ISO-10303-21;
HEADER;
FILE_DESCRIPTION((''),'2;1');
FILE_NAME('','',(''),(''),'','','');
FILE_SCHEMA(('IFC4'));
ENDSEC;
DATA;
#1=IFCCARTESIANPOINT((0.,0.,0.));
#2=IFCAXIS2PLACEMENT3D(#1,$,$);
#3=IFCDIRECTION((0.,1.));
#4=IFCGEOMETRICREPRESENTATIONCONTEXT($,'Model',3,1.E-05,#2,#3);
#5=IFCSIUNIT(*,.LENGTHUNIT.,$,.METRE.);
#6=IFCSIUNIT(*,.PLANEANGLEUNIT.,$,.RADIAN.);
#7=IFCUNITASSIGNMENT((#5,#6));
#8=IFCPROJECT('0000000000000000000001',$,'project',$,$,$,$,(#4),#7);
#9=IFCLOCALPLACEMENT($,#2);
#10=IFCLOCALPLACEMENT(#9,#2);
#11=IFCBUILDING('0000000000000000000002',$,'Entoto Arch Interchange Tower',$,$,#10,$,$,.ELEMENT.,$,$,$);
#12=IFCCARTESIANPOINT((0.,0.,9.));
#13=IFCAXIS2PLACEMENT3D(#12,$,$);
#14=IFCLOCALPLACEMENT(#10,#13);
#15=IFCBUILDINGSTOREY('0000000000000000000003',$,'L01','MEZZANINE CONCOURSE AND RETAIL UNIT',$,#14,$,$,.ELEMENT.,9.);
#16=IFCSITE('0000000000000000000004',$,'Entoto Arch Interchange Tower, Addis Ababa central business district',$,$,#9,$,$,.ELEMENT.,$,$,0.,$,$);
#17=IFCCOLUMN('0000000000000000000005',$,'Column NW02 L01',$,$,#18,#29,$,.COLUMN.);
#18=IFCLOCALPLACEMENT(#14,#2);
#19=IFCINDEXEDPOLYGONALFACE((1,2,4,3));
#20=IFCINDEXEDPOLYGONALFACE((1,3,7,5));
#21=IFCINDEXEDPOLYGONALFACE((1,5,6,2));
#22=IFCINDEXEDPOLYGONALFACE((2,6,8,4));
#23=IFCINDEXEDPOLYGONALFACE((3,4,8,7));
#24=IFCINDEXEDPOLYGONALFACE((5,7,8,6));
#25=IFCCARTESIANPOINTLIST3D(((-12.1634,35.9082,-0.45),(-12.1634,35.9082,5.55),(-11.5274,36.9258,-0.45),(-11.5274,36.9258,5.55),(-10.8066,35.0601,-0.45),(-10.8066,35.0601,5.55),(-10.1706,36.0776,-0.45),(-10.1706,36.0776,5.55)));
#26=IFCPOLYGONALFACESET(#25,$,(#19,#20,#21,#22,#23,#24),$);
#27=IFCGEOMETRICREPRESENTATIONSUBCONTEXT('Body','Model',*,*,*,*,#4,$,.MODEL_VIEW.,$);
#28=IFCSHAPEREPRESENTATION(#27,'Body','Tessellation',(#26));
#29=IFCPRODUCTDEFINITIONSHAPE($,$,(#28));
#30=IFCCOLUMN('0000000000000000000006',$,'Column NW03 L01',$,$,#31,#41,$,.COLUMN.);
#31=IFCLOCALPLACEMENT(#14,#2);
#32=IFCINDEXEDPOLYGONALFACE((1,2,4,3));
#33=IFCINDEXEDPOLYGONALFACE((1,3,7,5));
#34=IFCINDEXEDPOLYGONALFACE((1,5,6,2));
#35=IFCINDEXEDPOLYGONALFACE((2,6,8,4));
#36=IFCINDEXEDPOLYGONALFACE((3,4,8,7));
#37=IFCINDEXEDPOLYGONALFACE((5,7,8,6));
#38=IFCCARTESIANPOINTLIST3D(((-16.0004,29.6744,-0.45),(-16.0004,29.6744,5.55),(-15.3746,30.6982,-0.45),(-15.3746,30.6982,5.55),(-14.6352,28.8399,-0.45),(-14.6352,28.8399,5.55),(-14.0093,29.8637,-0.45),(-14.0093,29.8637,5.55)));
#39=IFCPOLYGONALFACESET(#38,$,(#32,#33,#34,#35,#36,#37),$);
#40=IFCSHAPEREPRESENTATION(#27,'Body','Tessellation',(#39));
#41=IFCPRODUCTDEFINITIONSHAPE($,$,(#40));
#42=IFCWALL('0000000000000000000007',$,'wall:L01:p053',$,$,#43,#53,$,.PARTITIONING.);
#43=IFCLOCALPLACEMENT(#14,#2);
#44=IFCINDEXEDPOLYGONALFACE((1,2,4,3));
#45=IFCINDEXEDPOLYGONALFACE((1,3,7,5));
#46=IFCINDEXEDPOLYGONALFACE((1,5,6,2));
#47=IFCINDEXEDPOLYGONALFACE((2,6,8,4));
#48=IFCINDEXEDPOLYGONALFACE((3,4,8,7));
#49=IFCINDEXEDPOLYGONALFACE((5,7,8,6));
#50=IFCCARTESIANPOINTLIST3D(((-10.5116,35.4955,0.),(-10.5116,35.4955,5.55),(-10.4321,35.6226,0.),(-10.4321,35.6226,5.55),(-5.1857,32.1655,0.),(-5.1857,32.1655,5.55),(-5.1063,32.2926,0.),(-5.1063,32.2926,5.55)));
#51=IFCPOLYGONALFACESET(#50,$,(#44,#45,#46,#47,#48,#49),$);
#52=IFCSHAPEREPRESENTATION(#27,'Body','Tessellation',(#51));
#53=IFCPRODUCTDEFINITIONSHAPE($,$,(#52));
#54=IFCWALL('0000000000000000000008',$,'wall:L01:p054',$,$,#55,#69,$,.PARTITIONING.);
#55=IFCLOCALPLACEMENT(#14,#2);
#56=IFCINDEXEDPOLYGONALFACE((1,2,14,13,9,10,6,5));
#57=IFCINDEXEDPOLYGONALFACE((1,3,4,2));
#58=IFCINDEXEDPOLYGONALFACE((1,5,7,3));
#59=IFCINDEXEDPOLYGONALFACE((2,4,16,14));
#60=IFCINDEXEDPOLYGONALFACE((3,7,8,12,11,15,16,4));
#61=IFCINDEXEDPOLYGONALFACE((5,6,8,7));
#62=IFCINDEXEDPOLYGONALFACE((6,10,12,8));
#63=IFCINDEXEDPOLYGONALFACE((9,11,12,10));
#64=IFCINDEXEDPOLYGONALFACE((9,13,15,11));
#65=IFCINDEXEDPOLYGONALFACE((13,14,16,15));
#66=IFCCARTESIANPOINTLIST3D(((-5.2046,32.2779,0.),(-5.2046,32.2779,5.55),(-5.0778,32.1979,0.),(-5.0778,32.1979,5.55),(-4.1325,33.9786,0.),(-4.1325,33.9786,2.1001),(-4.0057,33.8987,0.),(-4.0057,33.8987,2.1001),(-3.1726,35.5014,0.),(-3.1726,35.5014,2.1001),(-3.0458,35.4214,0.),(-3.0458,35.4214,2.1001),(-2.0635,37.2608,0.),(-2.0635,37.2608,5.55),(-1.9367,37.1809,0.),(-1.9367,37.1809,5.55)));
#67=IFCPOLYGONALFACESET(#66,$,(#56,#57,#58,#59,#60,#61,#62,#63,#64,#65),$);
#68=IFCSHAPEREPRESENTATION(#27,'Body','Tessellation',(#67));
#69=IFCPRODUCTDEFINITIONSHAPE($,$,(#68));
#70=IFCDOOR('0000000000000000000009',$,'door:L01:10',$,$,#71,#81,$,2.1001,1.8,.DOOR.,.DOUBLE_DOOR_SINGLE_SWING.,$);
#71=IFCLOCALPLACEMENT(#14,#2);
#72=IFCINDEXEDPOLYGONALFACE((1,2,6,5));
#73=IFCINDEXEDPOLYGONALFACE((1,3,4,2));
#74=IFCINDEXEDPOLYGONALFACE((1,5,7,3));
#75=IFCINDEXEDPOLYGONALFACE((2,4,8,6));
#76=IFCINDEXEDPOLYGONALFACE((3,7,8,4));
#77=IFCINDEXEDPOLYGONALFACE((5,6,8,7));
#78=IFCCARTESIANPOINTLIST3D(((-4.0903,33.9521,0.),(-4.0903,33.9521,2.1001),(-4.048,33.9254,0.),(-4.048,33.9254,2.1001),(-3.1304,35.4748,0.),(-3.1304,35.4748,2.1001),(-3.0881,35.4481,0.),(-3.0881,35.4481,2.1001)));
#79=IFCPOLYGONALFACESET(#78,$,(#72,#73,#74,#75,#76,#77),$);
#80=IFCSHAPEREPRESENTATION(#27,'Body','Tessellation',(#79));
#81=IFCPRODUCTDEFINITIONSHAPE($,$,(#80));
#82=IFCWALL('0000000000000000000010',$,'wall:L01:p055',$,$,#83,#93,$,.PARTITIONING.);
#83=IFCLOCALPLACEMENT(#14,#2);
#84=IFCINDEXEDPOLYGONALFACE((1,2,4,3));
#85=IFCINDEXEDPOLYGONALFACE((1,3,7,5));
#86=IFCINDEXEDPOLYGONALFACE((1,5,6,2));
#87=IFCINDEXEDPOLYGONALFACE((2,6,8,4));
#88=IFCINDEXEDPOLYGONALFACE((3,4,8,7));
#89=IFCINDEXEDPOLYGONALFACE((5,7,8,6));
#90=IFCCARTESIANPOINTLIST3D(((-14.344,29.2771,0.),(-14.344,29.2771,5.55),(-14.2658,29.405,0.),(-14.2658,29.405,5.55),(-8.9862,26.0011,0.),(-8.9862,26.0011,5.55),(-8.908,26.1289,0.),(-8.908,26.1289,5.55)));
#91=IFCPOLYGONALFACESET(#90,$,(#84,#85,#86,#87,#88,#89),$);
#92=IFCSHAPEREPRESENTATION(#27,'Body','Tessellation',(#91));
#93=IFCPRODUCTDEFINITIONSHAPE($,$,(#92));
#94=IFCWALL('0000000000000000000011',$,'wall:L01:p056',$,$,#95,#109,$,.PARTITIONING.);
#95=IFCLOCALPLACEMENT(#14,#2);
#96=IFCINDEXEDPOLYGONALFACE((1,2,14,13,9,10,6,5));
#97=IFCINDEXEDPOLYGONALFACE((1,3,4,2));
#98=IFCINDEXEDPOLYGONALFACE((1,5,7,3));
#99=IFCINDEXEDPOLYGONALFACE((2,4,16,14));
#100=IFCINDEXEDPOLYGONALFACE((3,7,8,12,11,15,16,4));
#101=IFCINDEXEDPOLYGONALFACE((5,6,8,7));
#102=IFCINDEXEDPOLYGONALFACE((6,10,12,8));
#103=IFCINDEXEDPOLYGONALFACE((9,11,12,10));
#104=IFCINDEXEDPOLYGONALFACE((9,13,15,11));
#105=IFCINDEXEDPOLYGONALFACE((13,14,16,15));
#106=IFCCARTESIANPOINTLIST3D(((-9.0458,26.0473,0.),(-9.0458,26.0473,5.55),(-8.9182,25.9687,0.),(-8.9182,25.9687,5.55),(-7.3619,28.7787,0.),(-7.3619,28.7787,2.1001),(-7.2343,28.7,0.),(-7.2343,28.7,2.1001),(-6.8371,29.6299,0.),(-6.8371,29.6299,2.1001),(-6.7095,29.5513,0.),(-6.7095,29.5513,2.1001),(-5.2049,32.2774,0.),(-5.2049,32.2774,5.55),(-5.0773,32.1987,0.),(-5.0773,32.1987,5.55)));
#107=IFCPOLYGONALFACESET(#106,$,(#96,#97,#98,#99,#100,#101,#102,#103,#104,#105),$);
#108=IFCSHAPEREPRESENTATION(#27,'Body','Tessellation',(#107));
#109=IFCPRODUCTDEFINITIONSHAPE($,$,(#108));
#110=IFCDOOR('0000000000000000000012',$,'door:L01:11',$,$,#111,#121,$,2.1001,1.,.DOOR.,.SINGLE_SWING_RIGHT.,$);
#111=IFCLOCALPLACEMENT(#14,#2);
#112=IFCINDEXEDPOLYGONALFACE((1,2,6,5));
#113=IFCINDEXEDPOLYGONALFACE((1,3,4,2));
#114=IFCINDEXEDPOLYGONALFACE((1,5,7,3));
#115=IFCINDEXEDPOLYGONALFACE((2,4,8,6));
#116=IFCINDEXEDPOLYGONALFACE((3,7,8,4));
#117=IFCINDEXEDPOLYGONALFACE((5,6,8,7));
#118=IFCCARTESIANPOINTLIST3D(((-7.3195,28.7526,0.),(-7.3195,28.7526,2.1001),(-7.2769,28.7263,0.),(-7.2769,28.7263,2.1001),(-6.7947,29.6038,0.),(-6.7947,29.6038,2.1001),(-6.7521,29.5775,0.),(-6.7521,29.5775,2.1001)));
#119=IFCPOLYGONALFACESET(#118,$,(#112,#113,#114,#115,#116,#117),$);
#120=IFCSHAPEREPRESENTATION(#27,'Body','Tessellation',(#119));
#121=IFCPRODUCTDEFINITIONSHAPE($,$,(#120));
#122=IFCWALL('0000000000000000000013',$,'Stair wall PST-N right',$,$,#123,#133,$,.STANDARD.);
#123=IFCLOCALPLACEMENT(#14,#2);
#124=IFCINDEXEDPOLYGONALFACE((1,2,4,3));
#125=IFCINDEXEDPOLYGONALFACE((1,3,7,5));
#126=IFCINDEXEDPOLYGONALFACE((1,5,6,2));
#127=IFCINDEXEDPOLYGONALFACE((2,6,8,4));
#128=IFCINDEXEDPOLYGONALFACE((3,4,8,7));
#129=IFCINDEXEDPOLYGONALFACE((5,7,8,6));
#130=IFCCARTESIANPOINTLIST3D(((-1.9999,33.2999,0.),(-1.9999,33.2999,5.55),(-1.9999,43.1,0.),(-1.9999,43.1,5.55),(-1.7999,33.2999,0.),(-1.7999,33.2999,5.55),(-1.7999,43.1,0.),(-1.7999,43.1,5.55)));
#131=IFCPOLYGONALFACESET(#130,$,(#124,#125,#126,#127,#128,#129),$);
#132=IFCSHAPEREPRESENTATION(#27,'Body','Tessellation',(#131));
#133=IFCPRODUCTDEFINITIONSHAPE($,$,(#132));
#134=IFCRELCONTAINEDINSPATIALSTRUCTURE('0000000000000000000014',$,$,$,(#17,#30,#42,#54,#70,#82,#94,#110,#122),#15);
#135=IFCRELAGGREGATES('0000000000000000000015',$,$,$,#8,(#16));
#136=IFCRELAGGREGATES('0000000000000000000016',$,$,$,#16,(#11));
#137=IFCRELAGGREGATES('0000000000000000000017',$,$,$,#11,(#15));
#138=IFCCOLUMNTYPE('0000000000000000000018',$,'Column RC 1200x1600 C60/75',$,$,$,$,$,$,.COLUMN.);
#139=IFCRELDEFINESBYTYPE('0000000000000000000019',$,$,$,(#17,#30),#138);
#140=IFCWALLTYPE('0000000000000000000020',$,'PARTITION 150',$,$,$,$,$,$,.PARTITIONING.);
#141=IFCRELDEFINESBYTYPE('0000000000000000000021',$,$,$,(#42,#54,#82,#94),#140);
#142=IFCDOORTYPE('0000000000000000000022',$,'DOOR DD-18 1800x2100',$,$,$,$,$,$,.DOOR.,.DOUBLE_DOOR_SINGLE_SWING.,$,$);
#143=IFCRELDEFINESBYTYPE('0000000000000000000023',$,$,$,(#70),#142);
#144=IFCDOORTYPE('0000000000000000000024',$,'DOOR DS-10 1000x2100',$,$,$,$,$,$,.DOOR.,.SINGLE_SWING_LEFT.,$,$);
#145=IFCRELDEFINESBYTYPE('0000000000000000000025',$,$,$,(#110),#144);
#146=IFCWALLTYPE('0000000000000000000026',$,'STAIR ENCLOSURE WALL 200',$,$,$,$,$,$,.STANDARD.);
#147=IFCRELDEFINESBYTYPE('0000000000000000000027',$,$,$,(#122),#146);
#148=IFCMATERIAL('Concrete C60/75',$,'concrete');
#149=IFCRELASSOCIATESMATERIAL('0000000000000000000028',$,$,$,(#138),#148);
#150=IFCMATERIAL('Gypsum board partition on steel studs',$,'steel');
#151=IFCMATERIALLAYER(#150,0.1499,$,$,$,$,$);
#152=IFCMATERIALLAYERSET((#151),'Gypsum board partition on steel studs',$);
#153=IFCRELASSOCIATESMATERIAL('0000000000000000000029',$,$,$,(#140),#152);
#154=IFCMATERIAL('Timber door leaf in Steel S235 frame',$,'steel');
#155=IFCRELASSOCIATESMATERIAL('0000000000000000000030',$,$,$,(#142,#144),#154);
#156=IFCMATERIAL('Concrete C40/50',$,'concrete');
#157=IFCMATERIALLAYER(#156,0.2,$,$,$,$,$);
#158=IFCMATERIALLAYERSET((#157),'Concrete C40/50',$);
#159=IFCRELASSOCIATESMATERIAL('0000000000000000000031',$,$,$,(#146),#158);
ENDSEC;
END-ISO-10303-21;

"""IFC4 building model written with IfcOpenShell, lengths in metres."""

from ifc_helpers import new_model, si_unit, direction, frame, frame_2d, origin, origin_2d, place, context, subcontext, project, spatial, rectangle, extrude, material, layer, layer_set, material_profile, profile_set, type_object, element, fill, save


model = new_model("IFC4")

# Units and contexts
model_context = context("Model", 3, precision=1e-05, world=origin(), true_north=direction((0.0, 1.0)))
body_context = subcontext(model_context, "Body", "Model", "MODEL_VIEW")
ifc_project = project(units=[si_unit("LENGTHUNIT", "METRE"), si_unit("PLANEANGLEUNIT", "RADIAN")], contexts=[model_context])

# Site, building, storey
site_placement = place(None, origin())
site = spatial("IfcSite", under=ifc_project, at=site_placement, Name="Entoto Arch Interchange Tower, Addis Ababa central business district", CompositionType="ELEMENT", RefElevation=0.0)
building_placement = place(site_placement, origin())
building = spatial("IfcBuilding", under=site, at=building_placement, Name="Entoto Arch Interchange Tower", CompositionType="ELEMENT")
storey_placement = place(building_placement, frame((0.0, 0.0, 9.0)))
storey = spatial("IfcBuildingStorey", under=building, at=storey_placement, Name="L01", Description="MEZZANINE CONCOURSE AND RETAIL UNIT", CompositionType="ELEMENT", Elevation=9.0)

# Columns
ifc_material_1 = material(Name="Concrete C60/75", Category="concrete")
ifc_material_profile = material_profile(ifc_material_1, rectangle(XDim=1.2, YDim=1.6001, at=origin_2d()))
ifc_profile_set = profile_set([ifc_material_profile], Name="Concrete C60/75")
column_type = type_object("IfcColumnType", Name="Column RC 1200x1600 C60/75", PredefinedType="COLUMN", material=ifc_profile_set)
for number, where, z_axis, x_axis, name in (
    (1, (-11.167, 35.9929, -0.45), (0.0, 0.0, 1.0), (0.530067, 0.847956, 0.0), "Column NW02 L01"),
    (2, (-15.0049, 29.769, -0.45), (0.0, 0.0, 1.0), (0.521546, 0.853223, 0.0), "Column NW03 L01"),
):
    element("IfcColumn", number, at=place(storey_placement, frame(where, z_axis=z_axis, x_axis=x_axis)), inside=storey, type_object=column_type, Name=name, PredefinedType="COLUMN", context=body_context, shape_type="SweptSolid", body=[
        extrude(rectangle(XDim=1.2, YDim=1.6001, at=origin_2d()), origin(), (0.0, 0.0, 1.0), 6.0),
    ])

# Wall
ifc_material_2 = material(Name="Gypsum board partition on steel studs", Category="steel")
ifc_layer_1 = layer(ifc_material_2, 0.1499)
ifc_layer_set_1 = layer_set([ifc_layer_1], Name="Gypsum board partition on steel studs")
wall_type_1 = type_object("IfcWallType", Name="PARTITION 150", PredefinedType="PARTITIONING", material=ifc_layer_set_1)
wall_1_placement = place(storey_placement, frame((-5.146, 32.229, 0.0), z_axis=(0.0, 0.0, 1.0), x_axis=(-0.8479, 0.530156, 0.0)))
element("IfcWall", 3, at=wall_1_placement, inside=storey, type_object=wall_type_1, Name="wall:L01:p053", PredefinedType="PARTITIONING", context=body_context, shape_type="SweptSolid", body=[
    extrude(rectangle(XDim=6.2812, YDim=0.1499, at=frame_2d((3.1406, 0.0))), origin(), (0.0, 0.0, 1.0), 5.55),
])

# Wall, opening, door
wall_2_placement = place(storey_placement, frame((-2.0, 37.2209, 0.0), z_axis=(0.0, 0.0, 1.0), x_axis=(-0.533266, -0.845948, 0.0)))
wall_2 = element("IfcWall", 4, at=wall_2_placement, inside=storey, type_object=wall_type_1, Name="wall:L01:p054", PredefinedType="PARTITIONING", context=body_context, shape_type="SweptSolid", body=[
    extrude(rectangle(XDim=5.8904, YDim=0.1499, at=frame_2d((2.9453, 0.0))), origin(), (0.0, 0.0, 1.0), 5.55),
])
opening_1_placement = place(wall_2_placement, frame((2.0801, 0.0, 0.0)))
opening_1 = element("IfcOpeningElement", 5, at=opening_1_placement, cuts=wall_2, PredefinedType="OPENING", context=body_context, shape_type="SweptSolid", body=[
    extrude(rectangle(XDim=1.8, YDim=2.1001, at=frame_2d((0.8999, 1.05))), frame((0.0, 0.085, 0.0), z_axis=(0.0, -1.0, 0.0), x_axis=(1.0, 0.0, 0.0)), (0.0, 0.0, 1.0), 0.1699),
])
ifc_material_3 = material(Name="Timber door leaf in Steel S235 frame", Category="steel")
door_type_1 = type_object("IfcDoorType", Name="DOOR DD-18 1800x2100", OperationType="DOUBLE_DOOR_SINGLE_SWING", PredefinedType="DOOR", material=ifc_material_3)
door_1_placement = place(opening_1_placement, origin())
door_1 = element("IfcDoor", 6, at=door_1_placement, inside=storey, type_object=door_type_1, Name="door:L01:10", OperationType="DOUBLE_DOOR_SINGLE_SWING", OverallHeight=2.1001, OverallWidth=1.8, PredefinedType="DOOR", context=body_context, shape_type="SweptSolid", body=[
    extrude(rectangle(XDim=1.8, YDim=2.1001, at=frame_2d((0.8999, 1.05))), frame((0.0, 0.0249, 0.0), z_axis=(0.0, -1.0, 0.0), x_axis=(1.0, 0.0, 0.0)), (0.0, 0.0, 1.0), 0.05),
])
fill(opening_1, door_1)

# Wall
wall_3_placement = place(storey_placement, frame((-8.947, 26.0649, 0.0), z_axis=(0.0, 0.0, 1.0), x_axis=(-0.853151, 0.521664, 0.0)))
element("IfcWall", 7, at=wall_3_placement, inside=storey, type_object=wall_type_1, Name="wall:L01:p055", PredefinedType="PARTITIONING", context=body_context, shape_type="SweptSolid", body=[
    extrude(rectangle(XDim=6.28, YDim=0.1499, at=frame_2d((3.1401, 0.0))), origin(), (0.0, 0.0, 1.0), 5.55),
])

# Wall, opening, door
wall_4_placement = place(storey_placement, frame((-5.1411, 32.238, 0.0), z_axis=(0.0, 0.0, 1.0), x_axis=(-0.52479, -0.851232, 0.0)))
wall_4 = element("IfcWall", 8, at=wall_4_placement, inside=storey, type_object=wall_type_1, Name="wall:L01:p056", PredefinedType="PARTITIONING", context=body_context, shape_type="SweptSolid", body=[
    extrude(rectangle(XDim=7.3188, YDim=0.1499, at=frame_2d((3.6594, 0.0))), origin(), (0.0, 0.0, 1.0), 5.55),
])
opening_2_placement = place(wall_4_placement, frame((3.1101, 0.0, 0.0)))
opening_2 = element("IfcOpeningElement", 9, at=opening_2_placement, cuts=wall_4, PredefinedType="OPENING", context=body_context, shape_type="SweptSolid", body=[
    extrude(rectangle(XDim=1.0, YDim=2.1001, at=frame_2d((0.5, 1.05))), frame((0.0, 0.085, 0.0), z_axis=(0.0, -1.0, 0.0), x_axis=(1.0, 0.0, 0.0)), (0.0, 0.0, 1.0), 0.1699),
])
door_type_2 = type_object("IfcDoorType", Name="DOOR DS-10 1000x2100", OperationType="SINGLE_SWING_LEFT", PredefinedType="DOOR", material=ifc_material_3)
door_2_placement = place(opening_2_placement, origin())
door_2 = element("IfcDoor", 10, at=door_2_placement, inside=storey, type_object=door_type_2, Name="door:L01:11", OperationType="SINGLE_SWING_RIGHT", OverallHeight=2.1001, OverallWidth=1.0, PredefinedType="DOOR", context=body_context, shape_type="SweptSolid", body=[
    extrude(rectangle(XDim=1.0, YDim=2.1001, at=frame_2d((0.5, 1.05))), frame((0.0, 0.0249, 0.0), z_axis=(0.0, -1.0, 0.0), x_axis=(1.0, 0.0, 0.0)), (0.0, 0.0, 1.0), 0.05),
])
fill(opening_2, door_2)

# Wall
ifc_material_4 = material(Name="Concrete C40/50", Category="concrete")
ifc_layer_2 = layer(ifc_material_4, 0.2)
ifc_layer_set_2 = layer_set([ifc_layer_2], Name="Concrete C40/50")
wall_type_2 = type_object("IfcWallType", Name="STAIR ENCLOSURE WALL 200", PredefinedType="STANDARD", material=ifc_layer_set_2)
wall_5_placement = place(storey_placement, frame((-1.8999, 33.3, 0.0), z_axis=(0.0, 0.0, 1.0), x_axis=(0.0, 1.0, 0.0)))
element("IfcWall", 11, at=wall_5_placement, inside=storey, type_object=wall_type_2, Name="Stair wall PST-N right", PredefinedType="STANDARD", context=body_context, shape_type="SweptSolid", body=[
    extrude(rectangle(XDim=9.8, YDim=0.2, at=frame_2d((4.8999, 0.0))), origin(), (0.0, 0.0, 1.0), 5.55),
])

save(model, "model.ifc")
